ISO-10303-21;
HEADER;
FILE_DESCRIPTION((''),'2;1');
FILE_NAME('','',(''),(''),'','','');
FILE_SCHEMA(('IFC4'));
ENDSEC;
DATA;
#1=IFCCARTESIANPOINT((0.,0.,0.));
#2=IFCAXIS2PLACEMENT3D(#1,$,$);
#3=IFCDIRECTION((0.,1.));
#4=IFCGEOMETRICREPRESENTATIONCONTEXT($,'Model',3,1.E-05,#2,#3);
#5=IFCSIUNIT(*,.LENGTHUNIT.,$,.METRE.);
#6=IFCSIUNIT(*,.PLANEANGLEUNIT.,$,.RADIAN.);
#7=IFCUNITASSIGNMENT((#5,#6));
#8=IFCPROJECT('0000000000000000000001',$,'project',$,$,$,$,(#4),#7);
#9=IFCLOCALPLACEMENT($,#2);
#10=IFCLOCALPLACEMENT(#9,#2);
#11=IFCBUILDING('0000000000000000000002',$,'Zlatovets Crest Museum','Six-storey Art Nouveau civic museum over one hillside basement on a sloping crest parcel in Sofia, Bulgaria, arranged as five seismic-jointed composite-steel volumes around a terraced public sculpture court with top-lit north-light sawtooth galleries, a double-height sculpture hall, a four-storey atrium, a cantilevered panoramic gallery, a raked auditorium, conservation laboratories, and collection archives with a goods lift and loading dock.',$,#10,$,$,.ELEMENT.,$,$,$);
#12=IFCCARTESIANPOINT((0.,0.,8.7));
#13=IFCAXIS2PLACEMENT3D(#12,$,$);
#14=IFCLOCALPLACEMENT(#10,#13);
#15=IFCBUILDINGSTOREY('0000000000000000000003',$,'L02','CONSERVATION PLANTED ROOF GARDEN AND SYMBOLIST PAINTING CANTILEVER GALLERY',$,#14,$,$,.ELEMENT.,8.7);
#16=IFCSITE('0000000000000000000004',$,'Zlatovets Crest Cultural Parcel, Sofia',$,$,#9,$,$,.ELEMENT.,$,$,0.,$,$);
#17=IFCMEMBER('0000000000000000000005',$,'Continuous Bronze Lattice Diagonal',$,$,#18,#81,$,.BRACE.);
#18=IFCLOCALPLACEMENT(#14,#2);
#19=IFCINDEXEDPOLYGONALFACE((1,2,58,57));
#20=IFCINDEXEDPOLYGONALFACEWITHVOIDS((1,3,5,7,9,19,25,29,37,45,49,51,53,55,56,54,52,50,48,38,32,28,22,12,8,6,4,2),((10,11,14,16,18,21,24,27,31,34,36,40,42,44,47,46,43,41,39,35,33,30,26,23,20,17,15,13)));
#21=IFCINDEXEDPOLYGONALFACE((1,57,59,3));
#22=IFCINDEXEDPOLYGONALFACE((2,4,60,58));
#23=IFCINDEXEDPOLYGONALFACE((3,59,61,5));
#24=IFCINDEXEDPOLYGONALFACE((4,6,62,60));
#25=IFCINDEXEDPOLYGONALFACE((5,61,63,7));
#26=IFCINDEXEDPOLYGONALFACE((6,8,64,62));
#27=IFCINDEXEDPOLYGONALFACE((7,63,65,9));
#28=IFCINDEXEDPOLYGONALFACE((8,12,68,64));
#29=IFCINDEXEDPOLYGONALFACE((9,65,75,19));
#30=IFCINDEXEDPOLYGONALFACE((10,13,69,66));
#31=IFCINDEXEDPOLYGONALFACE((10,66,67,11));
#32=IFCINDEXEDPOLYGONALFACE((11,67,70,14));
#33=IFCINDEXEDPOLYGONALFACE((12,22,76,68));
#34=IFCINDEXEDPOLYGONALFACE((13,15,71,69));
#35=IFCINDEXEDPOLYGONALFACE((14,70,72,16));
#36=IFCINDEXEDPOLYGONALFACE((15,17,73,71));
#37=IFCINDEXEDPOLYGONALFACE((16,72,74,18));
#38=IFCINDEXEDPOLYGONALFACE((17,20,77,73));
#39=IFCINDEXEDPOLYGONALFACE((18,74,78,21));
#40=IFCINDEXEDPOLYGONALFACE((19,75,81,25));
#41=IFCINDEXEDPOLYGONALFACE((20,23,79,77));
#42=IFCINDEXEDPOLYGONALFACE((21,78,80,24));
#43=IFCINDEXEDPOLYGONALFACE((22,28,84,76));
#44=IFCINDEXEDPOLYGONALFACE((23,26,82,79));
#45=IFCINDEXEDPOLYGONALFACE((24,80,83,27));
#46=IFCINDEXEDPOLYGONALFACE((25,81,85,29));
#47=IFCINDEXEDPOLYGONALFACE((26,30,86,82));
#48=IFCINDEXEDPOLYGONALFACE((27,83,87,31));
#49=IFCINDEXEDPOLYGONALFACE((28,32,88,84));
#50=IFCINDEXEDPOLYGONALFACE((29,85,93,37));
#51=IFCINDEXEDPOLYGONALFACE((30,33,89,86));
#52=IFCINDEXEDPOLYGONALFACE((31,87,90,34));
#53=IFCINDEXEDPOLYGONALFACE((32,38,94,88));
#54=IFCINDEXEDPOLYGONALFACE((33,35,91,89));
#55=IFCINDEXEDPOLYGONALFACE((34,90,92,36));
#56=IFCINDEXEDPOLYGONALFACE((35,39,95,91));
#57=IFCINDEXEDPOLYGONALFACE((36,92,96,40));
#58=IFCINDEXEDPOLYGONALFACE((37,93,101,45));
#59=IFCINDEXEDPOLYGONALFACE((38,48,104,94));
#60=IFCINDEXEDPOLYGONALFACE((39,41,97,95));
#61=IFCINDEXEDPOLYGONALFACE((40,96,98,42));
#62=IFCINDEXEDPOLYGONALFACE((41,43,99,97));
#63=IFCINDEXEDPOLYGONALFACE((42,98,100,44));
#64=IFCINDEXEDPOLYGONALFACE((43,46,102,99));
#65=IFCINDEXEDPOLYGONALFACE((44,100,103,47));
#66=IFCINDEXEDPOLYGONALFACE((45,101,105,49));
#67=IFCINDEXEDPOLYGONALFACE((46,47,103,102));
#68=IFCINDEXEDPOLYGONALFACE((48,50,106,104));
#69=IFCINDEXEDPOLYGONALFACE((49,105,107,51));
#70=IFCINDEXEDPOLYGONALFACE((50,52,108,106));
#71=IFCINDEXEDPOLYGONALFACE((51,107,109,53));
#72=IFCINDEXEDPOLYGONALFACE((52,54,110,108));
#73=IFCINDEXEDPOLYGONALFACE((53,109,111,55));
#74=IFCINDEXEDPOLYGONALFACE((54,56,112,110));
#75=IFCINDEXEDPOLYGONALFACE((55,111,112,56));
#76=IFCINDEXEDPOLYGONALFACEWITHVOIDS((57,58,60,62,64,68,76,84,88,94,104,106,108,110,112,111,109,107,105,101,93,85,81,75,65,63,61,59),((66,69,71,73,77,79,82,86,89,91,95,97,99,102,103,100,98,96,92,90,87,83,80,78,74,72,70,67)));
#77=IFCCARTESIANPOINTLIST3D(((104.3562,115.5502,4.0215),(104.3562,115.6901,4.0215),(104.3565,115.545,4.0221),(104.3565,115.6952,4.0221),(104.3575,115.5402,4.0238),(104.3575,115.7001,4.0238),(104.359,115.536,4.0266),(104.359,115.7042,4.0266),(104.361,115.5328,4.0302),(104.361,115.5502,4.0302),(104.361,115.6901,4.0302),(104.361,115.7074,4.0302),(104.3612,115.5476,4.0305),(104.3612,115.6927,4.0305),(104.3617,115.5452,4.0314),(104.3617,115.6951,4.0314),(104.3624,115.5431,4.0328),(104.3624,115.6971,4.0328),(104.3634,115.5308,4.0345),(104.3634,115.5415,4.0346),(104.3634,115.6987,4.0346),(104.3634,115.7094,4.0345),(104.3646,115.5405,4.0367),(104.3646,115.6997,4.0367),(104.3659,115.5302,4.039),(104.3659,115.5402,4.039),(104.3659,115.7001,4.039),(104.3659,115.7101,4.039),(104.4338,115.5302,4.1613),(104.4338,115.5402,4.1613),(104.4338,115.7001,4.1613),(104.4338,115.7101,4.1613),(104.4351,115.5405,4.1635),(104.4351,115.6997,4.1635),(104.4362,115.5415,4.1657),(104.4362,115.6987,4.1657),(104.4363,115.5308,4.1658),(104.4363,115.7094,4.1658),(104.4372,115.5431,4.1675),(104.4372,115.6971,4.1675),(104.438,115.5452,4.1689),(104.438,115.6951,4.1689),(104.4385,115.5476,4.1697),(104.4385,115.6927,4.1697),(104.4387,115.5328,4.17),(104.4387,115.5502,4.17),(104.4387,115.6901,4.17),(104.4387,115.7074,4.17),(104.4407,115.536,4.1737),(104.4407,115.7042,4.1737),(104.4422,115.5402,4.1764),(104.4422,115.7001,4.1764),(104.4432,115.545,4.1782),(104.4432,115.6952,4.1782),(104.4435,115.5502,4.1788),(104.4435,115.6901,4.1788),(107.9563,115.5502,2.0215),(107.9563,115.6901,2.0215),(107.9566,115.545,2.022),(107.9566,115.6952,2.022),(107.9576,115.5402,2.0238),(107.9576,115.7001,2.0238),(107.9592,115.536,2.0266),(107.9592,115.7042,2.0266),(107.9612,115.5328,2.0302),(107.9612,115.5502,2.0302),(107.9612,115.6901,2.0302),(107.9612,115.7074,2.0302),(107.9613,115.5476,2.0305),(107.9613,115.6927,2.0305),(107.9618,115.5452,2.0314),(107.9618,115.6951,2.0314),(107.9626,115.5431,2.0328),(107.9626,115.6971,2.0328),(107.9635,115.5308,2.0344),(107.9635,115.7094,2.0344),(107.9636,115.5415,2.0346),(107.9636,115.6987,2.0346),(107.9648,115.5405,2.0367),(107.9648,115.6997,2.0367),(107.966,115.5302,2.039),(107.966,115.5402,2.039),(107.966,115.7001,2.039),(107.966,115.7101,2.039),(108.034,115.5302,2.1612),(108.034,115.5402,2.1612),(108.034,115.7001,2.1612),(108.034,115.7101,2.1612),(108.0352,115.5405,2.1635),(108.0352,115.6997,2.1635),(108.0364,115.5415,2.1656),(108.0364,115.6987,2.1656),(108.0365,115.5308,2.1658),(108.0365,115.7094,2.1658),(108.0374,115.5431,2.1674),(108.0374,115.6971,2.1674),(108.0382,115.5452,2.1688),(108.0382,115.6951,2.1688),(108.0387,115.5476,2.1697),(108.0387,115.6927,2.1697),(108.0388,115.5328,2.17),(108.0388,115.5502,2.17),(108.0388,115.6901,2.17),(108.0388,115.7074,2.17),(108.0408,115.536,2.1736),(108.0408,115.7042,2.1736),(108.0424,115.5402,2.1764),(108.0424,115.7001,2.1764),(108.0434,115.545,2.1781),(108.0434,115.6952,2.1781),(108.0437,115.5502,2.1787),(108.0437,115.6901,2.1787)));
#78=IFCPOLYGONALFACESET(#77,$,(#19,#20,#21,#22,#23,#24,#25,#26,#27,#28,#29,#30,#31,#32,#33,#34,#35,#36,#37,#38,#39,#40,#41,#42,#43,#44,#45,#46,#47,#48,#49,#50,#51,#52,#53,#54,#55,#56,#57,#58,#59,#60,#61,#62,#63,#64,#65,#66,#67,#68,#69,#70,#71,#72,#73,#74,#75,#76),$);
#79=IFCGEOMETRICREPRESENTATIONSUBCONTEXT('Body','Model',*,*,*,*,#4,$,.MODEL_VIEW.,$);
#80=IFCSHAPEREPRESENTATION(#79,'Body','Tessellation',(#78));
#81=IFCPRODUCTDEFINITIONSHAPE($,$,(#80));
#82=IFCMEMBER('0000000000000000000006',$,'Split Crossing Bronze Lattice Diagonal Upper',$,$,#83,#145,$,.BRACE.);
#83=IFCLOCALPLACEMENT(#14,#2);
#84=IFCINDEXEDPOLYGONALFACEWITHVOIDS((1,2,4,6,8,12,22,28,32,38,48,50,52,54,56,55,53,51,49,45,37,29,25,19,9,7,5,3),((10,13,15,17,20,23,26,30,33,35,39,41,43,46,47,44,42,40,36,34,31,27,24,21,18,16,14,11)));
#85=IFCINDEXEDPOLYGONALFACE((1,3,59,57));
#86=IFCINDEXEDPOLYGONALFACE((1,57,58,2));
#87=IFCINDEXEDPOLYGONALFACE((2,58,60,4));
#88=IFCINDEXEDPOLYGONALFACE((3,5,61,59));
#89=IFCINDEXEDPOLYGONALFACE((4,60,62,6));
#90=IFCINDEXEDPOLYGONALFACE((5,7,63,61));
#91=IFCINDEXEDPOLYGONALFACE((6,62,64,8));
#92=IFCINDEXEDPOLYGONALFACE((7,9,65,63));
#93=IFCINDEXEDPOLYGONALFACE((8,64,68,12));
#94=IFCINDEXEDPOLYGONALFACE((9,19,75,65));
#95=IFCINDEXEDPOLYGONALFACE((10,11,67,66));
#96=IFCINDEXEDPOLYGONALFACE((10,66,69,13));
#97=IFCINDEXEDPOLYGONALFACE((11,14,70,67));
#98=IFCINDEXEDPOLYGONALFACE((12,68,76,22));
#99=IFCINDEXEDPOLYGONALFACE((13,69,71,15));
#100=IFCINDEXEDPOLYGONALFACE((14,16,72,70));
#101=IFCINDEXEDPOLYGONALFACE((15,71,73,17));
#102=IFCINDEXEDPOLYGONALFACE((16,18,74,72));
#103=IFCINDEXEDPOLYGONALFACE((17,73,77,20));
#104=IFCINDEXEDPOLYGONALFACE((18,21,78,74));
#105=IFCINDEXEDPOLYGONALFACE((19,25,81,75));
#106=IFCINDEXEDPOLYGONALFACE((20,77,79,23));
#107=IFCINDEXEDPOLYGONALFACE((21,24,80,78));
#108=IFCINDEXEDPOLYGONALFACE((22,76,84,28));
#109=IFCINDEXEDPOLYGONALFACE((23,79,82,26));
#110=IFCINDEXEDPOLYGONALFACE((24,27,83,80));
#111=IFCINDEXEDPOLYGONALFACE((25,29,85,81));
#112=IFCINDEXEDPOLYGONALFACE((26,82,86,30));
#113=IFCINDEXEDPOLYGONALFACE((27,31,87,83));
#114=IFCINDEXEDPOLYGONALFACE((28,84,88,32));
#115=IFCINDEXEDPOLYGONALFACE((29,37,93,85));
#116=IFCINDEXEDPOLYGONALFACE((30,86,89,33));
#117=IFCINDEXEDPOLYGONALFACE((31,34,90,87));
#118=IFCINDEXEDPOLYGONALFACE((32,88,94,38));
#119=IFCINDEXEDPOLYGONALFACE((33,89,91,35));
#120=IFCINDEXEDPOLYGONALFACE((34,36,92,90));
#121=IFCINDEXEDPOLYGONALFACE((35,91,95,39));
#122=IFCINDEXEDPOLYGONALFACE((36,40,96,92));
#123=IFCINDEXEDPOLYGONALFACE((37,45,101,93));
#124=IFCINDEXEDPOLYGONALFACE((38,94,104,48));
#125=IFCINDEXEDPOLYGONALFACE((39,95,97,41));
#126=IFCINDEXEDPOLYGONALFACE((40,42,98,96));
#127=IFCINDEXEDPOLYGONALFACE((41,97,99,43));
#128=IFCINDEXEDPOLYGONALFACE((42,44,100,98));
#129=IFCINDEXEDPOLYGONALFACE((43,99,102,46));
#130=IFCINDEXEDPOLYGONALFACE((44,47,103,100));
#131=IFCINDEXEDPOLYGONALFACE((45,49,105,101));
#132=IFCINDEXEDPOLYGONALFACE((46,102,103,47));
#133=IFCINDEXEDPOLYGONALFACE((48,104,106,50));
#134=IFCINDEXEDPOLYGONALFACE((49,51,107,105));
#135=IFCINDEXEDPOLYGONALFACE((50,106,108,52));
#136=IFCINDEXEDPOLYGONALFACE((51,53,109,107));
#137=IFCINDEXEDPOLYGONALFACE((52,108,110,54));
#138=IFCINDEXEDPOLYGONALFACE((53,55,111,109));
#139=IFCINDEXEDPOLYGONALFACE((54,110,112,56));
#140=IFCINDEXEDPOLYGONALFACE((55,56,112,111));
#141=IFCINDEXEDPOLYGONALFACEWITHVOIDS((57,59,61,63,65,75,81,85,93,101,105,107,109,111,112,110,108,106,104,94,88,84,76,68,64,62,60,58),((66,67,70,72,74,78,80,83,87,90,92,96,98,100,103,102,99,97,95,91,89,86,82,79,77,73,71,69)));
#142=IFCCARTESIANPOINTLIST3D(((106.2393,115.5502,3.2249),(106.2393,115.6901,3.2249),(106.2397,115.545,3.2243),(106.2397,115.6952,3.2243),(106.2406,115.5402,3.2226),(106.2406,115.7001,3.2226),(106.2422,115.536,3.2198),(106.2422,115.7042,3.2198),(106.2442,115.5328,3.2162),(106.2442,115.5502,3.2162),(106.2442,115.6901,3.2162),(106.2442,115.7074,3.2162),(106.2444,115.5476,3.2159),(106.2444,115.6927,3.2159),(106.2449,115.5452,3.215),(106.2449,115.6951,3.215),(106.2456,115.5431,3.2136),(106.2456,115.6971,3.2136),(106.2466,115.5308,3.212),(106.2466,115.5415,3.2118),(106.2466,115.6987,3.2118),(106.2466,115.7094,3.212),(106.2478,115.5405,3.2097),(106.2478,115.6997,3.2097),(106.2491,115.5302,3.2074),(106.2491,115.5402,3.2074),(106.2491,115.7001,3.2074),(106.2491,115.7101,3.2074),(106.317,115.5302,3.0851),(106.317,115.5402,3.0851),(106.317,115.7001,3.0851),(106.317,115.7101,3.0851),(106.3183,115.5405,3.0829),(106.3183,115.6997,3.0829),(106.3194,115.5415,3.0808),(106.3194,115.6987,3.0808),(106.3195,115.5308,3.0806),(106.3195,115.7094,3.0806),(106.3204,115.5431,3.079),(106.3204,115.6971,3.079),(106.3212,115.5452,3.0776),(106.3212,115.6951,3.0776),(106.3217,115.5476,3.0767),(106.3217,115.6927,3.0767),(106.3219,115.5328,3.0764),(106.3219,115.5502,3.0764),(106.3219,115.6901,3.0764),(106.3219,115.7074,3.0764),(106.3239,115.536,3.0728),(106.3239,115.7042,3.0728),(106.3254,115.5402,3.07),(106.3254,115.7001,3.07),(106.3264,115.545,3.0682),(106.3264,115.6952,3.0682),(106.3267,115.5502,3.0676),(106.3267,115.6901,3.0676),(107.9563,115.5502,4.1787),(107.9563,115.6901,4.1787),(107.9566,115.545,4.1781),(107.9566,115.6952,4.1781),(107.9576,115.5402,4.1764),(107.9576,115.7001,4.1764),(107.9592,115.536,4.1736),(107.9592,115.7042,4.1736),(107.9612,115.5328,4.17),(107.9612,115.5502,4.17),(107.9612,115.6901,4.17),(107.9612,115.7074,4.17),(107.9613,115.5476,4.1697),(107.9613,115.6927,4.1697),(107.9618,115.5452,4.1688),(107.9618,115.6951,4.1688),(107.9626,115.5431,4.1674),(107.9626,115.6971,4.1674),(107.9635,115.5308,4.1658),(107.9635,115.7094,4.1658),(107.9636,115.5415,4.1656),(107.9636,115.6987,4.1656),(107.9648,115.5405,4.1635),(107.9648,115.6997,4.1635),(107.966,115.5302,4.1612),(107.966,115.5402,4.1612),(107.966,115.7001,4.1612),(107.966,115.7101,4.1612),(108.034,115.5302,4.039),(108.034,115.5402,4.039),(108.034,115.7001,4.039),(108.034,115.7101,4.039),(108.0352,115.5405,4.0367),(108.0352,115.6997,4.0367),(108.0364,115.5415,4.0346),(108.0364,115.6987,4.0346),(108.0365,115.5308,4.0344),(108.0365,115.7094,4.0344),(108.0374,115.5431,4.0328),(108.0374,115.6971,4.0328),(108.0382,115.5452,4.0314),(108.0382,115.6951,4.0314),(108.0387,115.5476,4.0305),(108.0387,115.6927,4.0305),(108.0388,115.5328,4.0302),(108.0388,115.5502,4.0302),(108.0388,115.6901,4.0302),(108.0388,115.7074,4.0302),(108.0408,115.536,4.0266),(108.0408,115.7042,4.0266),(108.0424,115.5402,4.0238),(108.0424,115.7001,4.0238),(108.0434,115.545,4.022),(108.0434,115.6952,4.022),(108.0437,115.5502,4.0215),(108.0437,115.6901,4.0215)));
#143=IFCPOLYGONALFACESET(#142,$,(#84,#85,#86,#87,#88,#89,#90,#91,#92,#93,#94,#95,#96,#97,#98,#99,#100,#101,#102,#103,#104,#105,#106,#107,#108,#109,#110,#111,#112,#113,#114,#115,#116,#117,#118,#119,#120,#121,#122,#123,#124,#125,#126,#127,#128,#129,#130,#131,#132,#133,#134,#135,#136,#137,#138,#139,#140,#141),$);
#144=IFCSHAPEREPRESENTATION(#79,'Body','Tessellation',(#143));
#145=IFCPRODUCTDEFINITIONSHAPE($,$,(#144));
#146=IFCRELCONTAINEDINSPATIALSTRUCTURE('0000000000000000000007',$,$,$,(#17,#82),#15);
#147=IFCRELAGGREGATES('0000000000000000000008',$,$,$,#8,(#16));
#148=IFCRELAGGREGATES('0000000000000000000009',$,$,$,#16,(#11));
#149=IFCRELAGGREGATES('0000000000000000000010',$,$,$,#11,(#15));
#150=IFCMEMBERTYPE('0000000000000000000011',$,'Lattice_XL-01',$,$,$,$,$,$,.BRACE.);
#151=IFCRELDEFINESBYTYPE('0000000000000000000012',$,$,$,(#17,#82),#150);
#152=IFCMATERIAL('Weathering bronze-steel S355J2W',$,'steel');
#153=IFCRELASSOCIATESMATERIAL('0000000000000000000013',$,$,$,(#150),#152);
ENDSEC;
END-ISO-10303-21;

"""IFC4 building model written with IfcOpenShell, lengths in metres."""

from ifc_helpers import new_model, si_unit, direction, frame, origin, origin_2d, place, context, subcontext, project, spatial, hollow_rectangle, extrude, material, material_profile, profile_set, type_object, element, save


model = new_model("IFC4")

# Units and contexts
model_context = context("Model", 3, precision=1e-05, world=origin(), true_north=direction((0.0, 1.0)))
body_context = subcontext(model_context, "Body", "Model", "MODEL_VIEW")
ifc_project = project(units=[si_unit("LENGTHUNIT", "METRE"), si_unit("PLANEANGLEUNIT", "RADIAN")], contexts=[model_context])

# Site, building, storey
site_placement = place(None, origin())
site = spatial("IfcSite", under=ifc_project, at=site_placement, Name="Zlatovets Crest Cultural Parcel, Sofia", CompositionType="ELEMENT", RefElevation=0.0)
building_placement = place(site_placement, origin())
building = spatial("IfcBuilding", under=site, at=building_placement, Name="Zlatovets Crest Museum", Description="Six-storey Art Nouveau civic museum over one hillside basement on a sloping crest parcel in Sofia, Bulgaria, arranged as five seismic-jointed composite-steel volumes around a terraced public sculpture court with top-lit north-light sawtooth galleries, a double-height sculpture hall, a four-storey atrium, a cantilevered panoramic gallery, a raked auditorium, conservation laboratories, and collection archives with a goods lift and loading dock.", CompositionType="ELEMENT")
storey_placement = place(building_placement, frame((0.0, 0.0, 8.7)))
storey = spatial("IfcBuildingStorey", under=building, at=storey_placement, Name="L02", Description="CONSERVATION PLANTED ROOF GARDEN AND SYMBOLIST PAINTING CANTILEVER GALLERY", CompositionType="ELEMENT", Elevation=8.7)

# Members
ifc_material_1 = material(Name="Weathering bronze-steel S355J2W", Category="steel")
ifc_material_profile_1 = material_profile(ifc_material_1, hollow_rectangle(XDim=0.1799, YDim=0.1799, WallThickness=0.01, InnerFilletRadius=0.01, OuterFilletRadius=0.02, at=origin_2d()), Name="SHS 180x180x10.0")
ifc_profile_set_1 = profile_set([ifc_material_profile_1], Name="Weathering bronze-steel S355J2W")
member_type_1 = type_object("IfcMemberType", Name="Lattice_XL-01", PredefinedType="BRACE", material=ifc_profile_set_1)
member_1_placement = place(storey_placement, frame((108.0, 115.6201, 2.1001), z_axis=(-0.874163, 0.0, 0.485633), x_axis=(0.0, -1.0, 0.0)))
element("IfcMember", 1, at=member_1_placement, inside=storey, type_object=member_type_1, Name="Continuous Bronze Lattice Diagonal", PredefinedType="BRACE", context=body_context, shape_type="SweptSolid", body=[
    extrude(hollow_rectangle(XDim=0.1799, YDim=0.1799, WallThickness=0.01, InnerFilletRadius=0.01, OuterFilletRadius=0.02, at=origin_2d()), origin(), (0.0, 0.0, 1.0), 4.1184),
])
for number, where, z_axis, x_axis, name in (
    (2, (108.0, 115.6201, 4.1001), (-0.874169, 0.0, -0.485622), (0.0, -1.0, 0.0), "Split Crossing Bronze Lattice Diagonal Upper"),
):
    element("IfcMember", number, at=place(storey_placement, frame(where, z_axis=z_axis, x_axis=x_axis)), inside=storey, type_object=member_type_1, Name=name, PredefinedType="BRACE", context=body_context, shape_type="SweptSolid", body=[
        extrude(hollow_rectangle(XDim=0.1799, YDim=0.1799, WallThickness=0.01, InnerFilletRadius=0.01, OuterFilletRadius=0.02, at=origin_2d()), origin(), (0.0, 0.0, 1.0), 1.9641),
    ])

save(model, "model.ifc")
